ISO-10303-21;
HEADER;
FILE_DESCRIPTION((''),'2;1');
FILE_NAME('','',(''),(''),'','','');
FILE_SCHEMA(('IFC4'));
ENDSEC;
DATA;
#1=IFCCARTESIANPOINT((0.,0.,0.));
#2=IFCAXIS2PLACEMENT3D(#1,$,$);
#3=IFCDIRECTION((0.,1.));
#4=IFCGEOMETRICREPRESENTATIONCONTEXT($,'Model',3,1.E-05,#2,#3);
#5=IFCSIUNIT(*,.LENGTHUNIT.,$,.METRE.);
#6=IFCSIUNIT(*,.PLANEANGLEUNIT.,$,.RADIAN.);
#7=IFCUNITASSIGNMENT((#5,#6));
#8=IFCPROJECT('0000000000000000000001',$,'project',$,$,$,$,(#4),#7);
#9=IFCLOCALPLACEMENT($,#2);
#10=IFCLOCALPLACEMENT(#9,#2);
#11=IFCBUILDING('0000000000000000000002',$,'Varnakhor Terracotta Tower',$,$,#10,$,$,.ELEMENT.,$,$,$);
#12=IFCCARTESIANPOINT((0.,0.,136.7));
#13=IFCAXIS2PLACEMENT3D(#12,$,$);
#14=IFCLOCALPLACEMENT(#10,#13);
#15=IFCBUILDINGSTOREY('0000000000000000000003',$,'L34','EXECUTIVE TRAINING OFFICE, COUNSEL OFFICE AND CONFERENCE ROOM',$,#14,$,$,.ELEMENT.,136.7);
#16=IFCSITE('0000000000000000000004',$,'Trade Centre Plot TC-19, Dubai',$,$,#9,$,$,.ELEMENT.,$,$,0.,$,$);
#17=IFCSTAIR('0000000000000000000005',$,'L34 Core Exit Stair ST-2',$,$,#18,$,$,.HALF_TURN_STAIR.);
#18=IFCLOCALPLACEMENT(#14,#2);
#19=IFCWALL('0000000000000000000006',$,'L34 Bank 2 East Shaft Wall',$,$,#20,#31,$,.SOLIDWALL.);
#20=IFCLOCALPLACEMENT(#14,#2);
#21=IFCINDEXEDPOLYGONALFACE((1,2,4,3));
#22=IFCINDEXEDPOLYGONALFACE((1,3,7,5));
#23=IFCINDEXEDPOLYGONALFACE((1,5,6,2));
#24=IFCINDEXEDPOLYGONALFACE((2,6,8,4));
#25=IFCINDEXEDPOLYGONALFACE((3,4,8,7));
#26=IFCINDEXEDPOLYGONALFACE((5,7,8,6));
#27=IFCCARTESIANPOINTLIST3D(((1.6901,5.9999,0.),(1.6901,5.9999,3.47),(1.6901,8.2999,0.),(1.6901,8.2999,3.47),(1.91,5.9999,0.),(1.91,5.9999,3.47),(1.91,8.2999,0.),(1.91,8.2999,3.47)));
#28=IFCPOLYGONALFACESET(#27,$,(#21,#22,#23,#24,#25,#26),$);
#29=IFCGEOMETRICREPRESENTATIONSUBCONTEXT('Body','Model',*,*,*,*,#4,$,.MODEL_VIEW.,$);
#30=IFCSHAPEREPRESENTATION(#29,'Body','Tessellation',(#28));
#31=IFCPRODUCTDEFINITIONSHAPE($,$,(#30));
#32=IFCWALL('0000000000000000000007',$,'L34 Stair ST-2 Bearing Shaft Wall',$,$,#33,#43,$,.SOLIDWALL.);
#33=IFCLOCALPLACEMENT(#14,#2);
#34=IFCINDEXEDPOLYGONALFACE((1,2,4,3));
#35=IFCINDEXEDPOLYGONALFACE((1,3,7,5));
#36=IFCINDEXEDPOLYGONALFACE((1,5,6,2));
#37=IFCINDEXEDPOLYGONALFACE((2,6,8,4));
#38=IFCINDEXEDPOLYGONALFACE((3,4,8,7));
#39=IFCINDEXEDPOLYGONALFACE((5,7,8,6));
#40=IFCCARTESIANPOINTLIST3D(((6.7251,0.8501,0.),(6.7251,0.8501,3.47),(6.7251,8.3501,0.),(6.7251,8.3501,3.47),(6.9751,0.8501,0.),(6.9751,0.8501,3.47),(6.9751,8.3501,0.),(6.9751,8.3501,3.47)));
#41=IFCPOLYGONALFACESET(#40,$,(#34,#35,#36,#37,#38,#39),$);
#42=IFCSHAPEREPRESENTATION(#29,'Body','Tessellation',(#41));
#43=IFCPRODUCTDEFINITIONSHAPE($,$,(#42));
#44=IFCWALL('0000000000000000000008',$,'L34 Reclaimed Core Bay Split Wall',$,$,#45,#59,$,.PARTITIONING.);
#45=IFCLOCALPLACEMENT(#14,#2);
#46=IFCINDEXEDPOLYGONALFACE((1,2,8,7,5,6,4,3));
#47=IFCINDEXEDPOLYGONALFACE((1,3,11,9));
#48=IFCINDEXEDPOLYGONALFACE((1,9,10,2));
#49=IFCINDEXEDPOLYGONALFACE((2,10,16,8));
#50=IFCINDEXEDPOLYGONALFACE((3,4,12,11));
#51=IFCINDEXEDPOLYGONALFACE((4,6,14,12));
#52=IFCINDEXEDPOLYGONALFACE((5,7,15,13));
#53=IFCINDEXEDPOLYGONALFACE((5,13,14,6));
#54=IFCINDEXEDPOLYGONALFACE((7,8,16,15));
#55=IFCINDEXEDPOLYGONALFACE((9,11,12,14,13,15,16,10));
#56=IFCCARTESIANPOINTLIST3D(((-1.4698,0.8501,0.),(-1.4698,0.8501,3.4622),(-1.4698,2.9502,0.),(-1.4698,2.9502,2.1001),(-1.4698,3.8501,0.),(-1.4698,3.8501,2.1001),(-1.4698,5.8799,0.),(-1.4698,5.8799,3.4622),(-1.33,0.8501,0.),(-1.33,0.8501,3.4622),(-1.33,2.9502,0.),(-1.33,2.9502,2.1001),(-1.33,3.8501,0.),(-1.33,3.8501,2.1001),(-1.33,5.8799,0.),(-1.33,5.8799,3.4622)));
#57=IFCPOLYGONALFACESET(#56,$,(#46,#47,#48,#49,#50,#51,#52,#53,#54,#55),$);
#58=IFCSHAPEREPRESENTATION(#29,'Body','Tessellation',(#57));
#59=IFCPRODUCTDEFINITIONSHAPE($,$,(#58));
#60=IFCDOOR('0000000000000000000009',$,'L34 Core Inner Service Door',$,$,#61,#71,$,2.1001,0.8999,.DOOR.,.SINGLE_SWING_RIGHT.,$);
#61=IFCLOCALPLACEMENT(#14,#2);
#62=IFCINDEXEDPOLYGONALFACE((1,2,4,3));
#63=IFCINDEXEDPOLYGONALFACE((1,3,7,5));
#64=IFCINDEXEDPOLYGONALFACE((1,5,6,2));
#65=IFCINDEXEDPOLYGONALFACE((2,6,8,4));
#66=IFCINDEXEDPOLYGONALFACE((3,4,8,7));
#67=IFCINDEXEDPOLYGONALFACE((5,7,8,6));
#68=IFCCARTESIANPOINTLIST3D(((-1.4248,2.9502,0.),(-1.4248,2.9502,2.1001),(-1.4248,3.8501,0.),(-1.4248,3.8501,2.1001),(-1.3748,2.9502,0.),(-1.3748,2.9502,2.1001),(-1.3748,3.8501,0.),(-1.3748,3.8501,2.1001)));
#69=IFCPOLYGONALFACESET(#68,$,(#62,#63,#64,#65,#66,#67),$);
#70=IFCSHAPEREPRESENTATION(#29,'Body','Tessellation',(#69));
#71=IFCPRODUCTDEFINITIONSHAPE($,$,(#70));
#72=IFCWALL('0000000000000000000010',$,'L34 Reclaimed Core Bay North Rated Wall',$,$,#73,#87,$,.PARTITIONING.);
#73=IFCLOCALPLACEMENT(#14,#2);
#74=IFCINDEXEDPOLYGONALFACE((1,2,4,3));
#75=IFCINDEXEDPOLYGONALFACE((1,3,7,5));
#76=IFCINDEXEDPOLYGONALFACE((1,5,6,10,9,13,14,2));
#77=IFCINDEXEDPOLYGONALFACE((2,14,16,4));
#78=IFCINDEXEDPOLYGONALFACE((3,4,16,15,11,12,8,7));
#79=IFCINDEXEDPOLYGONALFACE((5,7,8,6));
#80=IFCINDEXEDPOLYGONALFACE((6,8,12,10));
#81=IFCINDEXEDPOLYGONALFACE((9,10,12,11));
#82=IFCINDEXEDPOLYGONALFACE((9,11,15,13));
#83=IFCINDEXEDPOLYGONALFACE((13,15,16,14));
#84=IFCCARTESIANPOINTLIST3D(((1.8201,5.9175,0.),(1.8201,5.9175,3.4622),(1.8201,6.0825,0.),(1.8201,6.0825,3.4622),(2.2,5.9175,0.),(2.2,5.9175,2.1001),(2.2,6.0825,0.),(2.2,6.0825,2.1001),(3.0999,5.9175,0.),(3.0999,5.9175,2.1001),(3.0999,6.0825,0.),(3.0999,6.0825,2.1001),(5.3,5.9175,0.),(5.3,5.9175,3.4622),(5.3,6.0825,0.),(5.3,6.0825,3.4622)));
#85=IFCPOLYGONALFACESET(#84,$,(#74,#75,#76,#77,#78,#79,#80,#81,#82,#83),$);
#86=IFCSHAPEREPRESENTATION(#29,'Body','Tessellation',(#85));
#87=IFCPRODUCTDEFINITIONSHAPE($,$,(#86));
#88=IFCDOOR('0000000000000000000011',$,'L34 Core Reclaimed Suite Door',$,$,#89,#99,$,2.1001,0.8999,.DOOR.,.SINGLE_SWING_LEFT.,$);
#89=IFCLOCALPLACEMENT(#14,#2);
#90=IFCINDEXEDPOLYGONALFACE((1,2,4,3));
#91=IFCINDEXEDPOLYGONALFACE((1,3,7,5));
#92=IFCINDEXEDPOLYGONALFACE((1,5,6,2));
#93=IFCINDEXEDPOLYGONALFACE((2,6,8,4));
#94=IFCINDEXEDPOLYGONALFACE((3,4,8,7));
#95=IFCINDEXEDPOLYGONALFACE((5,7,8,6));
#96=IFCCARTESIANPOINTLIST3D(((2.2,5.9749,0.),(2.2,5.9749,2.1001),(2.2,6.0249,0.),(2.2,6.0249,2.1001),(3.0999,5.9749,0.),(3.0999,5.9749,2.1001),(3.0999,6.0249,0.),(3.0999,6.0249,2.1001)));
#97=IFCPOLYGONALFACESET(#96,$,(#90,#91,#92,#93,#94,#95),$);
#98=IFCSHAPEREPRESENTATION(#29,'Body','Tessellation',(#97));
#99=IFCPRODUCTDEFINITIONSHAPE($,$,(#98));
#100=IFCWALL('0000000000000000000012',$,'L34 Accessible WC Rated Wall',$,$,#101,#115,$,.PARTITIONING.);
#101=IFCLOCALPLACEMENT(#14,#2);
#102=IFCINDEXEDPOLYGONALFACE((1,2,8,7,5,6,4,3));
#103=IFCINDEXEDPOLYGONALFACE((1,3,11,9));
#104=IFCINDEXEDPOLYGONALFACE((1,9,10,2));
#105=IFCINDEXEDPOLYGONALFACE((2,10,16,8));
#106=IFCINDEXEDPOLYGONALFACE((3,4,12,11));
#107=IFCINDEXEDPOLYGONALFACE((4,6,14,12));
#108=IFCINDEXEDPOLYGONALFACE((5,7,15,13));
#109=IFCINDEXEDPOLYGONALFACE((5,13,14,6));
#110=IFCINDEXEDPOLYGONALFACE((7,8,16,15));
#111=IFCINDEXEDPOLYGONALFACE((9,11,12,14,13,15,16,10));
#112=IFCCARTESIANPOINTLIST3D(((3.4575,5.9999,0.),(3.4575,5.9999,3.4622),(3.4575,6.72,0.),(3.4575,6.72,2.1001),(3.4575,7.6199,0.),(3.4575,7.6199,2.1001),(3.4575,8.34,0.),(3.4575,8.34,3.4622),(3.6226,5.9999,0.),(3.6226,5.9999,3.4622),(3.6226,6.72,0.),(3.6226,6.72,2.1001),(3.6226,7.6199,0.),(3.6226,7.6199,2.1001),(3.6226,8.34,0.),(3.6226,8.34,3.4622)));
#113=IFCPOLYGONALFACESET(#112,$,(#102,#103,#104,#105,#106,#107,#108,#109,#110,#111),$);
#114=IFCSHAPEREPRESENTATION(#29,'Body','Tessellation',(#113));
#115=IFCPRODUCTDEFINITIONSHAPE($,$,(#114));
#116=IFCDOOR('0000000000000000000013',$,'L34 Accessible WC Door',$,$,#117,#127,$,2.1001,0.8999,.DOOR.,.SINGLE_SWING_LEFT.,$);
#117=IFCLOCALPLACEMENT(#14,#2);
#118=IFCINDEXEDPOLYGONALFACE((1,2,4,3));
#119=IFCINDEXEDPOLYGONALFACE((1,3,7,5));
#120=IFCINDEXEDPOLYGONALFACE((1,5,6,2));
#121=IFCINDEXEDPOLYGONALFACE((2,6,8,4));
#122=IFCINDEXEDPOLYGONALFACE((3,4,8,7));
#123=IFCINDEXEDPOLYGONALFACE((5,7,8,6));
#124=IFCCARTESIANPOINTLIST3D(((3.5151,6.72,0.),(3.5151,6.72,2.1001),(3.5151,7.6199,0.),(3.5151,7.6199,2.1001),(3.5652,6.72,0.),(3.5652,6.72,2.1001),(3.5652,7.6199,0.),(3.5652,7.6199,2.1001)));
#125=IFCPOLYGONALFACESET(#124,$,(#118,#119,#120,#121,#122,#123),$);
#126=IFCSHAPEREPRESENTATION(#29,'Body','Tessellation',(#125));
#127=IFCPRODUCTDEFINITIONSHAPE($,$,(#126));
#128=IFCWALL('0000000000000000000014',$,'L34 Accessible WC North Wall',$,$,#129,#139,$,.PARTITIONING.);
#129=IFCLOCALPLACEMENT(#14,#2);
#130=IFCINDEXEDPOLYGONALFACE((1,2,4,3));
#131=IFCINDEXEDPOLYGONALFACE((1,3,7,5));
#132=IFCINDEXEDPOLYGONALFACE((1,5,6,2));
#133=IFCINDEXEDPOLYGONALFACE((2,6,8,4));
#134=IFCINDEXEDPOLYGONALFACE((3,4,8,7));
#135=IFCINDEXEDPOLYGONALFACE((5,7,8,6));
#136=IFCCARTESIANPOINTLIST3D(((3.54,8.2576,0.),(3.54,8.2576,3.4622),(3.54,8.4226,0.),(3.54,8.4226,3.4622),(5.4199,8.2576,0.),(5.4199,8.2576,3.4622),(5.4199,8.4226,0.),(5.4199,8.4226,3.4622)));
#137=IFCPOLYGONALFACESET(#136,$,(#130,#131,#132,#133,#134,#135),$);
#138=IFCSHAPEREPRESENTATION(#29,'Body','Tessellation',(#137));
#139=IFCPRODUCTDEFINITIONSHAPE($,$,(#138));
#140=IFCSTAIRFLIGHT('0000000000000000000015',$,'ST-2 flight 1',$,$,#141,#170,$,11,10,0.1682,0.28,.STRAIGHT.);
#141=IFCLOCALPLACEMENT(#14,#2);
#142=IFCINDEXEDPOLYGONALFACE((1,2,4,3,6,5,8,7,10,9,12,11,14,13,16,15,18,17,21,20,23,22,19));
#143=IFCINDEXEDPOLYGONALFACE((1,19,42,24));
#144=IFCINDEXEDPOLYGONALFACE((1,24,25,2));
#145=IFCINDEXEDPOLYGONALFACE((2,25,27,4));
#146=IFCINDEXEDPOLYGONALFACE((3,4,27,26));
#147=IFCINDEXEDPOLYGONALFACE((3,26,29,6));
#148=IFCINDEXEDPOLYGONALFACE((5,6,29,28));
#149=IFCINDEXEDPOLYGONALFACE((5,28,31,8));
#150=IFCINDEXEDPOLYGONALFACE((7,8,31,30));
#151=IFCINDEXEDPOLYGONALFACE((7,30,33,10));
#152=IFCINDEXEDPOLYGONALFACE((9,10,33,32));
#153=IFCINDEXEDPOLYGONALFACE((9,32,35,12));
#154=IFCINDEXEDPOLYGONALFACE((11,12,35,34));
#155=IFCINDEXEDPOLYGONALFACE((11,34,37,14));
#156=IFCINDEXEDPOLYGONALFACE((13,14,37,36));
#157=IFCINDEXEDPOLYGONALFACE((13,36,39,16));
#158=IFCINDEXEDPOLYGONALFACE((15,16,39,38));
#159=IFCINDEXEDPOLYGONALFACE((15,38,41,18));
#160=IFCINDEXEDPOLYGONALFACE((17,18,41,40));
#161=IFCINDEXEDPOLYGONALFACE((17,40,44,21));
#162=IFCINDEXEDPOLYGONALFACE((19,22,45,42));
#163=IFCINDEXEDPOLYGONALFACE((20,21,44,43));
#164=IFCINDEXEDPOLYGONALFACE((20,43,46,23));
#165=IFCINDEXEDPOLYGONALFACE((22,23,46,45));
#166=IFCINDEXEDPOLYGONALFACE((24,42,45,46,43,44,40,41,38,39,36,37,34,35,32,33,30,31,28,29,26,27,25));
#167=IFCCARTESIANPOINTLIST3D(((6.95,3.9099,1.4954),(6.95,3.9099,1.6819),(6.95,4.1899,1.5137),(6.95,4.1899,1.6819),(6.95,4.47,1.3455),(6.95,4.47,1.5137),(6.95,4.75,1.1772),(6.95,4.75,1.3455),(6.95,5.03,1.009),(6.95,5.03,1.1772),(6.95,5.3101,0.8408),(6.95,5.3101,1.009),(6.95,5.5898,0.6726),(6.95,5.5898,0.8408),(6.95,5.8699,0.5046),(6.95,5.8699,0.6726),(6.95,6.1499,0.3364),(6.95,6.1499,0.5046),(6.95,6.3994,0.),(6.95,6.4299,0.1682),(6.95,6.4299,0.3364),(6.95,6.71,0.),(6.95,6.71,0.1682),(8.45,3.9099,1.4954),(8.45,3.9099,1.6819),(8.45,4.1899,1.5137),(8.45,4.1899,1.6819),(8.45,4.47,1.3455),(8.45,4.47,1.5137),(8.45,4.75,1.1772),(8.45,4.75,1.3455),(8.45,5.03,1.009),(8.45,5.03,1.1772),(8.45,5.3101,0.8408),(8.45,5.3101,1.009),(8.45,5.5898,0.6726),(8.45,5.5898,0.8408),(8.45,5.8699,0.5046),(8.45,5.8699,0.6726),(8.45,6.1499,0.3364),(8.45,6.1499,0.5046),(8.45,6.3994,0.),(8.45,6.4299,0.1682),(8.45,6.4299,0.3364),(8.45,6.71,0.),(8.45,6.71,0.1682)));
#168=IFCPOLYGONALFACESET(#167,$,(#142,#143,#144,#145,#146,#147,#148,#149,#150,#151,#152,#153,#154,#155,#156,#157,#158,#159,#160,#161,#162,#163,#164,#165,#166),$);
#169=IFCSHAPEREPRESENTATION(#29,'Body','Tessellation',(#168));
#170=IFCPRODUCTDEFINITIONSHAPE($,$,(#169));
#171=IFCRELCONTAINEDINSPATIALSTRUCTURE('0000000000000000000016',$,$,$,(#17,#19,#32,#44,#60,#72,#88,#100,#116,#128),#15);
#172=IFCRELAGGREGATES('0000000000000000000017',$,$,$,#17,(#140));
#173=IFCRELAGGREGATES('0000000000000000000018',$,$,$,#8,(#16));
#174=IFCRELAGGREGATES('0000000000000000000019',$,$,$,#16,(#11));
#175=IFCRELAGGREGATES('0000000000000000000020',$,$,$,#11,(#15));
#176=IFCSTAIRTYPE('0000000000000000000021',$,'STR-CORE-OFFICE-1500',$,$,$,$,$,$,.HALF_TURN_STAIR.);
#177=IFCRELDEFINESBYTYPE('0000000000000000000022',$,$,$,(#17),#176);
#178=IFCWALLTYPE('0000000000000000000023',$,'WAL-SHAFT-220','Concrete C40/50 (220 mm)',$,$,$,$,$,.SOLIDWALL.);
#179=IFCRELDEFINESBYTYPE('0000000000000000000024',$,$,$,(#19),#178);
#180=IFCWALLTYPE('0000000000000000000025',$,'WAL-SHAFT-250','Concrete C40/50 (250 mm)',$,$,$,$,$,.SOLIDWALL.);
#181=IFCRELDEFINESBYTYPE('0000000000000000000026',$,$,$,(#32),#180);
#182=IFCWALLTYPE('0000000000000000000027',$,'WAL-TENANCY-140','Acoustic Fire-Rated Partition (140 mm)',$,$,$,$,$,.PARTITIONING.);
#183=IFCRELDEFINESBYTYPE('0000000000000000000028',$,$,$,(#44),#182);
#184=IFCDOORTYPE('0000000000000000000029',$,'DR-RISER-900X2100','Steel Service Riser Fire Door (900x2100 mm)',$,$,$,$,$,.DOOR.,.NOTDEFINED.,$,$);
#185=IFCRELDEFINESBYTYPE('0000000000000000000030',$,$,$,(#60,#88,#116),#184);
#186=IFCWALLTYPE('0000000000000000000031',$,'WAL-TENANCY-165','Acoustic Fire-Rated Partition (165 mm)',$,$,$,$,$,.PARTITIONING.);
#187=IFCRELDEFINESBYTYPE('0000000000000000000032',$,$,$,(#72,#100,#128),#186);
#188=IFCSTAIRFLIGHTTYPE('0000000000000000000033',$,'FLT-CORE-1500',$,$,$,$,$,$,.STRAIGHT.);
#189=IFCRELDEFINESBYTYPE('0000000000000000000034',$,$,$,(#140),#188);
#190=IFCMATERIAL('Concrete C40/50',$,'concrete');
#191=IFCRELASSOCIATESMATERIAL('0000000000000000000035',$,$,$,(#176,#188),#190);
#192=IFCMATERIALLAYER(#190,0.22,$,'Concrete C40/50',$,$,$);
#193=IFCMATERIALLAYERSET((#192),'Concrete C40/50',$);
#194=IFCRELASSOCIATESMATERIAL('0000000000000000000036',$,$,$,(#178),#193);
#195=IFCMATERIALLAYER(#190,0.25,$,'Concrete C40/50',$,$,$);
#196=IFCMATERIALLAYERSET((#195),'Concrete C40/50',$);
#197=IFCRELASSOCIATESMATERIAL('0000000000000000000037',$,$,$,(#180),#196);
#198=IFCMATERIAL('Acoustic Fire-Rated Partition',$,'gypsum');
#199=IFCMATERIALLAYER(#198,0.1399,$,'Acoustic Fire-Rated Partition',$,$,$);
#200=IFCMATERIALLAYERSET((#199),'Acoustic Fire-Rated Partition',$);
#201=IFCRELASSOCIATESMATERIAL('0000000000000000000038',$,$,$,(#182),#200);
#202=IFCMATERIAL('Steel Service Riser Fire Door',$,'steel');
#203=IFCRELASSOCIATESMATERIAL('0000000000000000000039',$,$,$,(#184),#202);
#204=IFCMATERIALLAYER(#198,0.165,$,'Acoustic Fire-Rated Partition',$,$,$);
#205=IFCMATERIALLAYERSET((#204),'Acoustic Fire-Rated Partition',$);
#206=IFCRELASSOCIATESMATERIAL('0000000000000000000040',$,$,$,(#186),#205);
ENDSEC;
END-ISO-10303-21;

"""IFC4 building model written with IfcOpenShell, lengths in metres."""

from ifc_helpers import new_model, si_unit, direction, frame, frame_2d, origin, place, context, subcontext, project, spatial, polyline, rectangle, outline, extrude, source, transform, mapped, material, layer, layer_set, type_object, type_shapes, element, fill, aggregate, save


model = new_model("IFC4")

# Units and contexts
model_context = context("Model", 3, precision=1e-05, world=origin(), true_north=direction((0.0, 1.0)))
body_context = subcontext(model_context, "Body", "Model", "MODEL_VIEW")
ifc_project = project(units=[si_unit("LENGTHUNIT", "METRE"), si_unit("PLANEANGLEUNIT", "RADIAN")], contexts=[model_context])

# Site, building, storey
site_placement = place(None, origin())
site = spatial("IfcSite", under=ifc_project, at=site_placement, Name="Trade Centre Plot TC-19, Dubai", CompositionType="ELEMENT", RefElevation=0.0)
building_placement = place(site_placement, origin())
building = spatial("IfcBuilding", under=site, at=building_placement, Name="Varnakhor Terracotta Tower", CompositionType="ELEMENT")
storey_placement = place(building_placement, frame((0.0, 0.0, 136.7)))
storey = spatial("IfcBuildingStorey", under=building, at=storey_placement, Name="L34", Description="EXECUTIVE TRAINING OFFICE, COUNSEL OFFICE AND CONFERENCE ROOM", CompositionType="ELEMENT", Elevation=136.7)

# Stair
ifc_material_1 = material(Name="Concrete C40/50", Category="concrete")
stair_type = type_object("IfcStairType", Name="STR-CORE-OFFICE-1500", PredefinedType="HALF_TURN_STAIR", material=ifc_material_1)
stair_1_placement = place(storey_placement, origin())
stair_1 = element("IfcStair", 1, at=stair_1_placement, inside=storey, type_object=stair_type, Name="L34 Core Exit Stair ST-2", PredefinedType="HALF_TURN_STAIR")

# Walls
ifc_layer_1 = layer(ifc_material_1, 0.22, Name="Concrete C40/50")
ifc_layer_set_1 = layer_set([ifc_layer_1], Name="Concrete C40/50")
wall_type_1 = type_object("IfcWallType", Name="WAL-SHAFT-220", Description="Concrete C40/50 (220 mm)", PredefinedType="SOLIDWALL", material=ifc_layer_set_1)
wall_1_placement = place(storey_placement, frame((1.8, 6.0, 0.0), z_axis=(0.0, 0.0, 1.0), x_axis=(0.0, 1.0, 0.0)))
element("IfcWall", 2, at=wall_1_placement, inside=storey, type_object=wall_type_1, Name="L34 Bank 2 East Shaft Wall", PredefinedType="SOLIDWALL", context=body_context, shape_type="SweptSolid", body=[
    extrude(rectangle(XDim=2.3, YDim=0.22, at=frame_2d((1.1499, 0.0))), origin(), (0.0, 0.0, 1.0), 3.47),
])
ifc_layer_2 = layer(ifc_material_1, 0.25, Name="Concrete C40/50")
ifc_layer_set_2 = layer_set([ifc_layer_2], Name="Concrete C40/50")
wall_type_2 = type_object("IfcWallType", Name="WAL-SHAFT-250", Description="Concrete C40/50 (250 mm)", PredefinedType="SOLIDWALL", material=ifc_layer_set_2)
wall_2_placement = place(storey_placement, frame((6.8501, 0.8501, 0.0), z_axis=(0.0, 0.0, 1.0), x_axis=(0.0, 1.0, 0.0)))
element("IfcWall", 3, at=wall_2_placement, inside=storey, type_object=wall_type_2, Name="L34 Stair ST-2 Bearing Shaft Wall", PredefinedType="SOLIDWALL", context=body_context, shape_type="SweptSolid", body=[
    extrude(rectangle(XDim=7.5, YDim=0.25, at=frame_2d((3.75, 0.0))), origin(), (0.0, 0.0, 1.0), 3.47),
])

# Walls, openings, doors
ifc_material_2 = material(Name="Acoustic Fire-Rated Partition", Category="gypsum")
ifc_layer_3 = layer(ifc_material_2, 0.1399, Name="Acoustic Fire-Rated Partition")
ifc_layer_set_3 = layer_set([ifc_layer_3], Name="Acoustic Fire-Rated Partition")
wall_type_3 = type_object("IfcWallType", Name="WAL-TENANCY-140", Description="Acoustic Fire-Rated Partition (140 mm)", PredefinedType="PARTITIONING", material=ifc_layer_set_3)
wall_3_placement = place(storey_placement, frame((-1.3999, 0.8501, 0.0), z_axis=(0.0, 0.0, 1.0), x_axis=(0.0, 1.0, 0.0)))
wall_3 = element("IfcWall", 4, at=wall_3_placement, inside=storey, type_object=wall_type_3, Name="L34 Reclaimed Core Bay Split Wall", PredefinedType="PARTITIONING", context=body_context, shape_type="SweptSolid", body=[
    extrude(rectangle(XDim=5.0298, YDim=0.1399, at=frame_2d((2.5149, 0.0))), origin(), (0.0, 0.0, 1.0), 3.4622),
])
opening_1_placement = place(wall_3_placement, frame((2.1001, 0.0, 0.0)))
opening_1 = element("IfcOpeningElement", 5, at=opening_1_placement, cuts=wall_3, PredefinedType="OPENING", context=body_context, shape_type="SweptSolid", body=[
    extrude(rectangle(XDim=0.8999, YDim=2.1001, at=frame_2d((0.45, 1.05))), frame((0.0, 0.0801, 0.0), z_axis=(0.0, -1.0, 0.0), x_axis=(1.0, 0.0, 0.0)), (0.0, 0.0, 1.0), 0.1599),
])
ifc_material_3 = material(Name="Steel Service Riser Fire Door", Category="steel")
door_type_1 = type_object("IfcDoorType", Name="DR-RISER-900X2100", Description="Steel Service Riser Fire Door (900x2100 mm)", OperationType="NOTDEFINED", PredefinedType="DOOR", material=ifc_material_3)
shared_shape_1 = source(origin(), body_context, "Body", "SweptSolid", [
    extrude(rectangle(XDim=0.8999, YDim=2.1001, at=frame_2d((0.45, 1.05))), frame((0.0, 0.0249, 0.0), z_axis=(0.0, -1.0, 0.0), x_axis=(1.0, 0.0, 0.0)), (0.0, 0.0, 1.0), 0.05),
])
type_shapes(door_type_1, [shared_shape_1])
door_1_placement = place(opening_1_placement, origin())
door_1 = element("IfcDoor", 6, at=door_1_placement, inside=storey, type_object=door_type_1, Name="L34 Core Inner Service Door", OperationType="SINGLE_SWING_RIGHT", OverallHeight=2.1001, OverallWidth=0.8999, PredefinedType="DOOR", context=body_context, shape_type="MappedRepresentation", body=[
    mapped(shared_shape_1, transform((0.0, 0.0, 0.0), scale=1.0)),
])
fill(opening_1, door_1)
ifc_layer_4 = layer(ifc_material_2, 0.165, Name="Acoustic Fire-Rated Partition")
ifc_layer_set_4 = layer_set([ifc_layer_4], Name="Acoustic Fire-Rated Partition")
wall_type_4 = type_object("IfcWallType", Name="WAL-TENANCY-165", Description="Acoustic Fire-Rated Partition (165 mm)", PredefinedType="PARTITIONING", material=ifc_layer_set_4)
wall_4_placement = place(storey_placement, frame((1.8201, 6.0, 0.0), z_axis=(0.0, 0.0, 1.0), x_axis=(1.0, 0.0, 0.0)))
wall_4 = element("IfcWall", 7, at=wall_4_placement, inside=storey, type_object=wall_type_4, Name="L34 Reclaimed Core Bay North Rated Wall", PredefinedType="PARTITIONING", context=body_context, shape_type="SweptSolid", body=[
    extrude(rectangle(XDim=3.48, YDim=0.165, at=frame_2d((1.74, 0.0))), origin(), (0.0, 0.0, 1.0), 3.4622),
])
opening_2_placement = place(wall_4_placement, frame((0.3799, 0.0, 0.0)))
opening_2 = element("IfcOpeningElement", 8, at=opening_2_placement, cuts=wall_4, PredefinedType="OPENING", context=body_context, shape_type="SweptSolid", body=[
    extrude(rectangle(XDim=0.8999, YDim=2.1001, at=frame_2d((0.45, 1.05))), frame((0.0, 0.0925, 0.0), z_axis=(0.0, -1.0, 0.0), x_axis=(1.0, 0.0, 0.0)), (0.0, 0.0, 1.0), 0.1851),
])
door_2_placement = place(opening_2_placement, origin())
door_2 = element("IfcDoor", 9, at=door_2_placement, inside=storey, type_object=door_type_1, Name="L34 Core Reclaimed Suite Door", OperationType="SINGLE_SWING_LEFT", OverallHeight=2.1001, OverallWidth=0.8999, PredefinedType="DOOR", context=body_context, shape_type="MappedRepresentation", body=[
    mapped(shared_shape_1, transform((0.0, 0.0, 0.0), scale=1.0)),
])
fill(opening_2, door_2)
wall_5_placement = place(storey_placement, frame((3.54, 6.0, 0.0), z_axis=(0.0, 0.0, 1.0), x_axis=(0.0, 1.0, 0.0)))
wall_5 = element("IfcWall", 10, at=wall_5_placement, inside=storey, type_object=wall_type_4, Name="L34 Accessible WC Rated Wall", PredefinedType="PARTITIONING", context=body_context, shape_type="SweptSolid", body=[
    extrude(rectangle(XDim=2.3401, YDim=0.165, at=frame_2d((1.1699, 0.0))), origin(), (0.0, 0.0, 1.0), 3.4622),
])
opening_3_placement = place(wall_5_placement, frame((0.72, 0.0, 0.0)))
opening_3 = element("IfcOpeningElement", 11, at=opening_3_placement, cuts=wall_5, PredefinedType="OPENING", context=body_context, shape_type="SweptSolid", body=[
    extrude(rectangle(XDim=0.8999, YDim=2.1001, at=frame_2d((0.45, 1.05))), frame((0.0, 0.0925, 0.0), z_axis=(0.0, -1.0, 0.0), x_axis=(1.0, 0.0, 0.0)), (0.0, 0.0, 1.0), 0.1851),
])
door_3_placement = place(opening_3_placement, origin())
door_3 = element("IfcDoor", 12, at=door_3_placement, inside=storey, type_object=door_type_1, Name="L34 Accessible WC Door", OperationType="SINGLE_SWING_LEFT", OverallHeight=2.1001, OverallWidth=0.8999, PredefinedType="DOOR", context=body_context, shape_type="MappedRepresentation", body=[
    mapped(shared_shape_1, transform((0.0, 0.0, 0.0), scale=1.0)),
])
fill(opening_3, door_3)

# Wall
wall_6_placement = place(storey_placement, frame((3.54, 8.3401, 0.0), z_axis=(0.0, 0.0, 1.0), x_axis=(1.0, 0.0, 0.0)))
element("IfcWall", 13, at=wall_6_placement, inside=storey, type_object=wall_type_4, Name="L34 Accessible WC North Wall", PredefinedType="PARTITIONING", context=body_context, shape_type="SweptSolid", body=[
    extrude(rectangle(XDim=1.8799, YDim=0.165, at=frame_2d((0.9399, 0.0))), origin(), (0.0, 0.0, 1.0), 3.4622),
])

# Stair flight
stair_flight_type = type_object("IfcStairFlightType", Name="FLT-CORE-1500", PredefinedType="STRAIGHT", material=ifc_material_1)
stair_flight_1_placement = place(storey_placement, frame((7.7, 6.71, 0.0), z_axis=(0.0, 0.0, 1.0), x_axis=(0.0, -1.0, 0.0)))
stair_flight_1 = element("IfcStairFlight", 14, at=stair_flight_1_placement, type_object=stair_flight_type, Name="ST-2 flight 1", NumberOfRisers=11, NumberOfTreads=10, PredefinedType="STRAIGHT", RiserHeight=0.1682, TreadLength=0.28, context=body_context, shape_type="SweptSolid", body=[
    extrude(outline(polyline([(0.0, 0.0), (0.0, 0.1682), (0.28, 0.1682), (0.28, 0.3364), (0.5601, 0.3364), (0.5601, 0.5046), (0.8401, 0.5046), (0.8401, 0.6726), (1.1201, 0.6726), (1.1201, 0.8408), (1.3999, 0.8408), (1.3999, 1.009), (1.6799, 1.009), (1.6799, 1.1772), (1.96, 1.1772), (1.96, 1.3455), (2.24, 1.3455), (2.24, 1.5137), (2.52, 1.5137), (2.52, 1.6819), (2.8, 1.6819), (2.8, 1.8501), (2.8, 1.4954), (0.3105, 0.0), (0.0, 0.0)])), frame((0.0, 0.75, 0.0), z_axis=(0.0, -1.0, 0.0), x_axis=(1.0, 0.0, 0.0)), (0.0, 0.0, 1.0), 1.5),
])
aggregate(stair_1, [stair_flight_1])

save(model, "model.ifc")
